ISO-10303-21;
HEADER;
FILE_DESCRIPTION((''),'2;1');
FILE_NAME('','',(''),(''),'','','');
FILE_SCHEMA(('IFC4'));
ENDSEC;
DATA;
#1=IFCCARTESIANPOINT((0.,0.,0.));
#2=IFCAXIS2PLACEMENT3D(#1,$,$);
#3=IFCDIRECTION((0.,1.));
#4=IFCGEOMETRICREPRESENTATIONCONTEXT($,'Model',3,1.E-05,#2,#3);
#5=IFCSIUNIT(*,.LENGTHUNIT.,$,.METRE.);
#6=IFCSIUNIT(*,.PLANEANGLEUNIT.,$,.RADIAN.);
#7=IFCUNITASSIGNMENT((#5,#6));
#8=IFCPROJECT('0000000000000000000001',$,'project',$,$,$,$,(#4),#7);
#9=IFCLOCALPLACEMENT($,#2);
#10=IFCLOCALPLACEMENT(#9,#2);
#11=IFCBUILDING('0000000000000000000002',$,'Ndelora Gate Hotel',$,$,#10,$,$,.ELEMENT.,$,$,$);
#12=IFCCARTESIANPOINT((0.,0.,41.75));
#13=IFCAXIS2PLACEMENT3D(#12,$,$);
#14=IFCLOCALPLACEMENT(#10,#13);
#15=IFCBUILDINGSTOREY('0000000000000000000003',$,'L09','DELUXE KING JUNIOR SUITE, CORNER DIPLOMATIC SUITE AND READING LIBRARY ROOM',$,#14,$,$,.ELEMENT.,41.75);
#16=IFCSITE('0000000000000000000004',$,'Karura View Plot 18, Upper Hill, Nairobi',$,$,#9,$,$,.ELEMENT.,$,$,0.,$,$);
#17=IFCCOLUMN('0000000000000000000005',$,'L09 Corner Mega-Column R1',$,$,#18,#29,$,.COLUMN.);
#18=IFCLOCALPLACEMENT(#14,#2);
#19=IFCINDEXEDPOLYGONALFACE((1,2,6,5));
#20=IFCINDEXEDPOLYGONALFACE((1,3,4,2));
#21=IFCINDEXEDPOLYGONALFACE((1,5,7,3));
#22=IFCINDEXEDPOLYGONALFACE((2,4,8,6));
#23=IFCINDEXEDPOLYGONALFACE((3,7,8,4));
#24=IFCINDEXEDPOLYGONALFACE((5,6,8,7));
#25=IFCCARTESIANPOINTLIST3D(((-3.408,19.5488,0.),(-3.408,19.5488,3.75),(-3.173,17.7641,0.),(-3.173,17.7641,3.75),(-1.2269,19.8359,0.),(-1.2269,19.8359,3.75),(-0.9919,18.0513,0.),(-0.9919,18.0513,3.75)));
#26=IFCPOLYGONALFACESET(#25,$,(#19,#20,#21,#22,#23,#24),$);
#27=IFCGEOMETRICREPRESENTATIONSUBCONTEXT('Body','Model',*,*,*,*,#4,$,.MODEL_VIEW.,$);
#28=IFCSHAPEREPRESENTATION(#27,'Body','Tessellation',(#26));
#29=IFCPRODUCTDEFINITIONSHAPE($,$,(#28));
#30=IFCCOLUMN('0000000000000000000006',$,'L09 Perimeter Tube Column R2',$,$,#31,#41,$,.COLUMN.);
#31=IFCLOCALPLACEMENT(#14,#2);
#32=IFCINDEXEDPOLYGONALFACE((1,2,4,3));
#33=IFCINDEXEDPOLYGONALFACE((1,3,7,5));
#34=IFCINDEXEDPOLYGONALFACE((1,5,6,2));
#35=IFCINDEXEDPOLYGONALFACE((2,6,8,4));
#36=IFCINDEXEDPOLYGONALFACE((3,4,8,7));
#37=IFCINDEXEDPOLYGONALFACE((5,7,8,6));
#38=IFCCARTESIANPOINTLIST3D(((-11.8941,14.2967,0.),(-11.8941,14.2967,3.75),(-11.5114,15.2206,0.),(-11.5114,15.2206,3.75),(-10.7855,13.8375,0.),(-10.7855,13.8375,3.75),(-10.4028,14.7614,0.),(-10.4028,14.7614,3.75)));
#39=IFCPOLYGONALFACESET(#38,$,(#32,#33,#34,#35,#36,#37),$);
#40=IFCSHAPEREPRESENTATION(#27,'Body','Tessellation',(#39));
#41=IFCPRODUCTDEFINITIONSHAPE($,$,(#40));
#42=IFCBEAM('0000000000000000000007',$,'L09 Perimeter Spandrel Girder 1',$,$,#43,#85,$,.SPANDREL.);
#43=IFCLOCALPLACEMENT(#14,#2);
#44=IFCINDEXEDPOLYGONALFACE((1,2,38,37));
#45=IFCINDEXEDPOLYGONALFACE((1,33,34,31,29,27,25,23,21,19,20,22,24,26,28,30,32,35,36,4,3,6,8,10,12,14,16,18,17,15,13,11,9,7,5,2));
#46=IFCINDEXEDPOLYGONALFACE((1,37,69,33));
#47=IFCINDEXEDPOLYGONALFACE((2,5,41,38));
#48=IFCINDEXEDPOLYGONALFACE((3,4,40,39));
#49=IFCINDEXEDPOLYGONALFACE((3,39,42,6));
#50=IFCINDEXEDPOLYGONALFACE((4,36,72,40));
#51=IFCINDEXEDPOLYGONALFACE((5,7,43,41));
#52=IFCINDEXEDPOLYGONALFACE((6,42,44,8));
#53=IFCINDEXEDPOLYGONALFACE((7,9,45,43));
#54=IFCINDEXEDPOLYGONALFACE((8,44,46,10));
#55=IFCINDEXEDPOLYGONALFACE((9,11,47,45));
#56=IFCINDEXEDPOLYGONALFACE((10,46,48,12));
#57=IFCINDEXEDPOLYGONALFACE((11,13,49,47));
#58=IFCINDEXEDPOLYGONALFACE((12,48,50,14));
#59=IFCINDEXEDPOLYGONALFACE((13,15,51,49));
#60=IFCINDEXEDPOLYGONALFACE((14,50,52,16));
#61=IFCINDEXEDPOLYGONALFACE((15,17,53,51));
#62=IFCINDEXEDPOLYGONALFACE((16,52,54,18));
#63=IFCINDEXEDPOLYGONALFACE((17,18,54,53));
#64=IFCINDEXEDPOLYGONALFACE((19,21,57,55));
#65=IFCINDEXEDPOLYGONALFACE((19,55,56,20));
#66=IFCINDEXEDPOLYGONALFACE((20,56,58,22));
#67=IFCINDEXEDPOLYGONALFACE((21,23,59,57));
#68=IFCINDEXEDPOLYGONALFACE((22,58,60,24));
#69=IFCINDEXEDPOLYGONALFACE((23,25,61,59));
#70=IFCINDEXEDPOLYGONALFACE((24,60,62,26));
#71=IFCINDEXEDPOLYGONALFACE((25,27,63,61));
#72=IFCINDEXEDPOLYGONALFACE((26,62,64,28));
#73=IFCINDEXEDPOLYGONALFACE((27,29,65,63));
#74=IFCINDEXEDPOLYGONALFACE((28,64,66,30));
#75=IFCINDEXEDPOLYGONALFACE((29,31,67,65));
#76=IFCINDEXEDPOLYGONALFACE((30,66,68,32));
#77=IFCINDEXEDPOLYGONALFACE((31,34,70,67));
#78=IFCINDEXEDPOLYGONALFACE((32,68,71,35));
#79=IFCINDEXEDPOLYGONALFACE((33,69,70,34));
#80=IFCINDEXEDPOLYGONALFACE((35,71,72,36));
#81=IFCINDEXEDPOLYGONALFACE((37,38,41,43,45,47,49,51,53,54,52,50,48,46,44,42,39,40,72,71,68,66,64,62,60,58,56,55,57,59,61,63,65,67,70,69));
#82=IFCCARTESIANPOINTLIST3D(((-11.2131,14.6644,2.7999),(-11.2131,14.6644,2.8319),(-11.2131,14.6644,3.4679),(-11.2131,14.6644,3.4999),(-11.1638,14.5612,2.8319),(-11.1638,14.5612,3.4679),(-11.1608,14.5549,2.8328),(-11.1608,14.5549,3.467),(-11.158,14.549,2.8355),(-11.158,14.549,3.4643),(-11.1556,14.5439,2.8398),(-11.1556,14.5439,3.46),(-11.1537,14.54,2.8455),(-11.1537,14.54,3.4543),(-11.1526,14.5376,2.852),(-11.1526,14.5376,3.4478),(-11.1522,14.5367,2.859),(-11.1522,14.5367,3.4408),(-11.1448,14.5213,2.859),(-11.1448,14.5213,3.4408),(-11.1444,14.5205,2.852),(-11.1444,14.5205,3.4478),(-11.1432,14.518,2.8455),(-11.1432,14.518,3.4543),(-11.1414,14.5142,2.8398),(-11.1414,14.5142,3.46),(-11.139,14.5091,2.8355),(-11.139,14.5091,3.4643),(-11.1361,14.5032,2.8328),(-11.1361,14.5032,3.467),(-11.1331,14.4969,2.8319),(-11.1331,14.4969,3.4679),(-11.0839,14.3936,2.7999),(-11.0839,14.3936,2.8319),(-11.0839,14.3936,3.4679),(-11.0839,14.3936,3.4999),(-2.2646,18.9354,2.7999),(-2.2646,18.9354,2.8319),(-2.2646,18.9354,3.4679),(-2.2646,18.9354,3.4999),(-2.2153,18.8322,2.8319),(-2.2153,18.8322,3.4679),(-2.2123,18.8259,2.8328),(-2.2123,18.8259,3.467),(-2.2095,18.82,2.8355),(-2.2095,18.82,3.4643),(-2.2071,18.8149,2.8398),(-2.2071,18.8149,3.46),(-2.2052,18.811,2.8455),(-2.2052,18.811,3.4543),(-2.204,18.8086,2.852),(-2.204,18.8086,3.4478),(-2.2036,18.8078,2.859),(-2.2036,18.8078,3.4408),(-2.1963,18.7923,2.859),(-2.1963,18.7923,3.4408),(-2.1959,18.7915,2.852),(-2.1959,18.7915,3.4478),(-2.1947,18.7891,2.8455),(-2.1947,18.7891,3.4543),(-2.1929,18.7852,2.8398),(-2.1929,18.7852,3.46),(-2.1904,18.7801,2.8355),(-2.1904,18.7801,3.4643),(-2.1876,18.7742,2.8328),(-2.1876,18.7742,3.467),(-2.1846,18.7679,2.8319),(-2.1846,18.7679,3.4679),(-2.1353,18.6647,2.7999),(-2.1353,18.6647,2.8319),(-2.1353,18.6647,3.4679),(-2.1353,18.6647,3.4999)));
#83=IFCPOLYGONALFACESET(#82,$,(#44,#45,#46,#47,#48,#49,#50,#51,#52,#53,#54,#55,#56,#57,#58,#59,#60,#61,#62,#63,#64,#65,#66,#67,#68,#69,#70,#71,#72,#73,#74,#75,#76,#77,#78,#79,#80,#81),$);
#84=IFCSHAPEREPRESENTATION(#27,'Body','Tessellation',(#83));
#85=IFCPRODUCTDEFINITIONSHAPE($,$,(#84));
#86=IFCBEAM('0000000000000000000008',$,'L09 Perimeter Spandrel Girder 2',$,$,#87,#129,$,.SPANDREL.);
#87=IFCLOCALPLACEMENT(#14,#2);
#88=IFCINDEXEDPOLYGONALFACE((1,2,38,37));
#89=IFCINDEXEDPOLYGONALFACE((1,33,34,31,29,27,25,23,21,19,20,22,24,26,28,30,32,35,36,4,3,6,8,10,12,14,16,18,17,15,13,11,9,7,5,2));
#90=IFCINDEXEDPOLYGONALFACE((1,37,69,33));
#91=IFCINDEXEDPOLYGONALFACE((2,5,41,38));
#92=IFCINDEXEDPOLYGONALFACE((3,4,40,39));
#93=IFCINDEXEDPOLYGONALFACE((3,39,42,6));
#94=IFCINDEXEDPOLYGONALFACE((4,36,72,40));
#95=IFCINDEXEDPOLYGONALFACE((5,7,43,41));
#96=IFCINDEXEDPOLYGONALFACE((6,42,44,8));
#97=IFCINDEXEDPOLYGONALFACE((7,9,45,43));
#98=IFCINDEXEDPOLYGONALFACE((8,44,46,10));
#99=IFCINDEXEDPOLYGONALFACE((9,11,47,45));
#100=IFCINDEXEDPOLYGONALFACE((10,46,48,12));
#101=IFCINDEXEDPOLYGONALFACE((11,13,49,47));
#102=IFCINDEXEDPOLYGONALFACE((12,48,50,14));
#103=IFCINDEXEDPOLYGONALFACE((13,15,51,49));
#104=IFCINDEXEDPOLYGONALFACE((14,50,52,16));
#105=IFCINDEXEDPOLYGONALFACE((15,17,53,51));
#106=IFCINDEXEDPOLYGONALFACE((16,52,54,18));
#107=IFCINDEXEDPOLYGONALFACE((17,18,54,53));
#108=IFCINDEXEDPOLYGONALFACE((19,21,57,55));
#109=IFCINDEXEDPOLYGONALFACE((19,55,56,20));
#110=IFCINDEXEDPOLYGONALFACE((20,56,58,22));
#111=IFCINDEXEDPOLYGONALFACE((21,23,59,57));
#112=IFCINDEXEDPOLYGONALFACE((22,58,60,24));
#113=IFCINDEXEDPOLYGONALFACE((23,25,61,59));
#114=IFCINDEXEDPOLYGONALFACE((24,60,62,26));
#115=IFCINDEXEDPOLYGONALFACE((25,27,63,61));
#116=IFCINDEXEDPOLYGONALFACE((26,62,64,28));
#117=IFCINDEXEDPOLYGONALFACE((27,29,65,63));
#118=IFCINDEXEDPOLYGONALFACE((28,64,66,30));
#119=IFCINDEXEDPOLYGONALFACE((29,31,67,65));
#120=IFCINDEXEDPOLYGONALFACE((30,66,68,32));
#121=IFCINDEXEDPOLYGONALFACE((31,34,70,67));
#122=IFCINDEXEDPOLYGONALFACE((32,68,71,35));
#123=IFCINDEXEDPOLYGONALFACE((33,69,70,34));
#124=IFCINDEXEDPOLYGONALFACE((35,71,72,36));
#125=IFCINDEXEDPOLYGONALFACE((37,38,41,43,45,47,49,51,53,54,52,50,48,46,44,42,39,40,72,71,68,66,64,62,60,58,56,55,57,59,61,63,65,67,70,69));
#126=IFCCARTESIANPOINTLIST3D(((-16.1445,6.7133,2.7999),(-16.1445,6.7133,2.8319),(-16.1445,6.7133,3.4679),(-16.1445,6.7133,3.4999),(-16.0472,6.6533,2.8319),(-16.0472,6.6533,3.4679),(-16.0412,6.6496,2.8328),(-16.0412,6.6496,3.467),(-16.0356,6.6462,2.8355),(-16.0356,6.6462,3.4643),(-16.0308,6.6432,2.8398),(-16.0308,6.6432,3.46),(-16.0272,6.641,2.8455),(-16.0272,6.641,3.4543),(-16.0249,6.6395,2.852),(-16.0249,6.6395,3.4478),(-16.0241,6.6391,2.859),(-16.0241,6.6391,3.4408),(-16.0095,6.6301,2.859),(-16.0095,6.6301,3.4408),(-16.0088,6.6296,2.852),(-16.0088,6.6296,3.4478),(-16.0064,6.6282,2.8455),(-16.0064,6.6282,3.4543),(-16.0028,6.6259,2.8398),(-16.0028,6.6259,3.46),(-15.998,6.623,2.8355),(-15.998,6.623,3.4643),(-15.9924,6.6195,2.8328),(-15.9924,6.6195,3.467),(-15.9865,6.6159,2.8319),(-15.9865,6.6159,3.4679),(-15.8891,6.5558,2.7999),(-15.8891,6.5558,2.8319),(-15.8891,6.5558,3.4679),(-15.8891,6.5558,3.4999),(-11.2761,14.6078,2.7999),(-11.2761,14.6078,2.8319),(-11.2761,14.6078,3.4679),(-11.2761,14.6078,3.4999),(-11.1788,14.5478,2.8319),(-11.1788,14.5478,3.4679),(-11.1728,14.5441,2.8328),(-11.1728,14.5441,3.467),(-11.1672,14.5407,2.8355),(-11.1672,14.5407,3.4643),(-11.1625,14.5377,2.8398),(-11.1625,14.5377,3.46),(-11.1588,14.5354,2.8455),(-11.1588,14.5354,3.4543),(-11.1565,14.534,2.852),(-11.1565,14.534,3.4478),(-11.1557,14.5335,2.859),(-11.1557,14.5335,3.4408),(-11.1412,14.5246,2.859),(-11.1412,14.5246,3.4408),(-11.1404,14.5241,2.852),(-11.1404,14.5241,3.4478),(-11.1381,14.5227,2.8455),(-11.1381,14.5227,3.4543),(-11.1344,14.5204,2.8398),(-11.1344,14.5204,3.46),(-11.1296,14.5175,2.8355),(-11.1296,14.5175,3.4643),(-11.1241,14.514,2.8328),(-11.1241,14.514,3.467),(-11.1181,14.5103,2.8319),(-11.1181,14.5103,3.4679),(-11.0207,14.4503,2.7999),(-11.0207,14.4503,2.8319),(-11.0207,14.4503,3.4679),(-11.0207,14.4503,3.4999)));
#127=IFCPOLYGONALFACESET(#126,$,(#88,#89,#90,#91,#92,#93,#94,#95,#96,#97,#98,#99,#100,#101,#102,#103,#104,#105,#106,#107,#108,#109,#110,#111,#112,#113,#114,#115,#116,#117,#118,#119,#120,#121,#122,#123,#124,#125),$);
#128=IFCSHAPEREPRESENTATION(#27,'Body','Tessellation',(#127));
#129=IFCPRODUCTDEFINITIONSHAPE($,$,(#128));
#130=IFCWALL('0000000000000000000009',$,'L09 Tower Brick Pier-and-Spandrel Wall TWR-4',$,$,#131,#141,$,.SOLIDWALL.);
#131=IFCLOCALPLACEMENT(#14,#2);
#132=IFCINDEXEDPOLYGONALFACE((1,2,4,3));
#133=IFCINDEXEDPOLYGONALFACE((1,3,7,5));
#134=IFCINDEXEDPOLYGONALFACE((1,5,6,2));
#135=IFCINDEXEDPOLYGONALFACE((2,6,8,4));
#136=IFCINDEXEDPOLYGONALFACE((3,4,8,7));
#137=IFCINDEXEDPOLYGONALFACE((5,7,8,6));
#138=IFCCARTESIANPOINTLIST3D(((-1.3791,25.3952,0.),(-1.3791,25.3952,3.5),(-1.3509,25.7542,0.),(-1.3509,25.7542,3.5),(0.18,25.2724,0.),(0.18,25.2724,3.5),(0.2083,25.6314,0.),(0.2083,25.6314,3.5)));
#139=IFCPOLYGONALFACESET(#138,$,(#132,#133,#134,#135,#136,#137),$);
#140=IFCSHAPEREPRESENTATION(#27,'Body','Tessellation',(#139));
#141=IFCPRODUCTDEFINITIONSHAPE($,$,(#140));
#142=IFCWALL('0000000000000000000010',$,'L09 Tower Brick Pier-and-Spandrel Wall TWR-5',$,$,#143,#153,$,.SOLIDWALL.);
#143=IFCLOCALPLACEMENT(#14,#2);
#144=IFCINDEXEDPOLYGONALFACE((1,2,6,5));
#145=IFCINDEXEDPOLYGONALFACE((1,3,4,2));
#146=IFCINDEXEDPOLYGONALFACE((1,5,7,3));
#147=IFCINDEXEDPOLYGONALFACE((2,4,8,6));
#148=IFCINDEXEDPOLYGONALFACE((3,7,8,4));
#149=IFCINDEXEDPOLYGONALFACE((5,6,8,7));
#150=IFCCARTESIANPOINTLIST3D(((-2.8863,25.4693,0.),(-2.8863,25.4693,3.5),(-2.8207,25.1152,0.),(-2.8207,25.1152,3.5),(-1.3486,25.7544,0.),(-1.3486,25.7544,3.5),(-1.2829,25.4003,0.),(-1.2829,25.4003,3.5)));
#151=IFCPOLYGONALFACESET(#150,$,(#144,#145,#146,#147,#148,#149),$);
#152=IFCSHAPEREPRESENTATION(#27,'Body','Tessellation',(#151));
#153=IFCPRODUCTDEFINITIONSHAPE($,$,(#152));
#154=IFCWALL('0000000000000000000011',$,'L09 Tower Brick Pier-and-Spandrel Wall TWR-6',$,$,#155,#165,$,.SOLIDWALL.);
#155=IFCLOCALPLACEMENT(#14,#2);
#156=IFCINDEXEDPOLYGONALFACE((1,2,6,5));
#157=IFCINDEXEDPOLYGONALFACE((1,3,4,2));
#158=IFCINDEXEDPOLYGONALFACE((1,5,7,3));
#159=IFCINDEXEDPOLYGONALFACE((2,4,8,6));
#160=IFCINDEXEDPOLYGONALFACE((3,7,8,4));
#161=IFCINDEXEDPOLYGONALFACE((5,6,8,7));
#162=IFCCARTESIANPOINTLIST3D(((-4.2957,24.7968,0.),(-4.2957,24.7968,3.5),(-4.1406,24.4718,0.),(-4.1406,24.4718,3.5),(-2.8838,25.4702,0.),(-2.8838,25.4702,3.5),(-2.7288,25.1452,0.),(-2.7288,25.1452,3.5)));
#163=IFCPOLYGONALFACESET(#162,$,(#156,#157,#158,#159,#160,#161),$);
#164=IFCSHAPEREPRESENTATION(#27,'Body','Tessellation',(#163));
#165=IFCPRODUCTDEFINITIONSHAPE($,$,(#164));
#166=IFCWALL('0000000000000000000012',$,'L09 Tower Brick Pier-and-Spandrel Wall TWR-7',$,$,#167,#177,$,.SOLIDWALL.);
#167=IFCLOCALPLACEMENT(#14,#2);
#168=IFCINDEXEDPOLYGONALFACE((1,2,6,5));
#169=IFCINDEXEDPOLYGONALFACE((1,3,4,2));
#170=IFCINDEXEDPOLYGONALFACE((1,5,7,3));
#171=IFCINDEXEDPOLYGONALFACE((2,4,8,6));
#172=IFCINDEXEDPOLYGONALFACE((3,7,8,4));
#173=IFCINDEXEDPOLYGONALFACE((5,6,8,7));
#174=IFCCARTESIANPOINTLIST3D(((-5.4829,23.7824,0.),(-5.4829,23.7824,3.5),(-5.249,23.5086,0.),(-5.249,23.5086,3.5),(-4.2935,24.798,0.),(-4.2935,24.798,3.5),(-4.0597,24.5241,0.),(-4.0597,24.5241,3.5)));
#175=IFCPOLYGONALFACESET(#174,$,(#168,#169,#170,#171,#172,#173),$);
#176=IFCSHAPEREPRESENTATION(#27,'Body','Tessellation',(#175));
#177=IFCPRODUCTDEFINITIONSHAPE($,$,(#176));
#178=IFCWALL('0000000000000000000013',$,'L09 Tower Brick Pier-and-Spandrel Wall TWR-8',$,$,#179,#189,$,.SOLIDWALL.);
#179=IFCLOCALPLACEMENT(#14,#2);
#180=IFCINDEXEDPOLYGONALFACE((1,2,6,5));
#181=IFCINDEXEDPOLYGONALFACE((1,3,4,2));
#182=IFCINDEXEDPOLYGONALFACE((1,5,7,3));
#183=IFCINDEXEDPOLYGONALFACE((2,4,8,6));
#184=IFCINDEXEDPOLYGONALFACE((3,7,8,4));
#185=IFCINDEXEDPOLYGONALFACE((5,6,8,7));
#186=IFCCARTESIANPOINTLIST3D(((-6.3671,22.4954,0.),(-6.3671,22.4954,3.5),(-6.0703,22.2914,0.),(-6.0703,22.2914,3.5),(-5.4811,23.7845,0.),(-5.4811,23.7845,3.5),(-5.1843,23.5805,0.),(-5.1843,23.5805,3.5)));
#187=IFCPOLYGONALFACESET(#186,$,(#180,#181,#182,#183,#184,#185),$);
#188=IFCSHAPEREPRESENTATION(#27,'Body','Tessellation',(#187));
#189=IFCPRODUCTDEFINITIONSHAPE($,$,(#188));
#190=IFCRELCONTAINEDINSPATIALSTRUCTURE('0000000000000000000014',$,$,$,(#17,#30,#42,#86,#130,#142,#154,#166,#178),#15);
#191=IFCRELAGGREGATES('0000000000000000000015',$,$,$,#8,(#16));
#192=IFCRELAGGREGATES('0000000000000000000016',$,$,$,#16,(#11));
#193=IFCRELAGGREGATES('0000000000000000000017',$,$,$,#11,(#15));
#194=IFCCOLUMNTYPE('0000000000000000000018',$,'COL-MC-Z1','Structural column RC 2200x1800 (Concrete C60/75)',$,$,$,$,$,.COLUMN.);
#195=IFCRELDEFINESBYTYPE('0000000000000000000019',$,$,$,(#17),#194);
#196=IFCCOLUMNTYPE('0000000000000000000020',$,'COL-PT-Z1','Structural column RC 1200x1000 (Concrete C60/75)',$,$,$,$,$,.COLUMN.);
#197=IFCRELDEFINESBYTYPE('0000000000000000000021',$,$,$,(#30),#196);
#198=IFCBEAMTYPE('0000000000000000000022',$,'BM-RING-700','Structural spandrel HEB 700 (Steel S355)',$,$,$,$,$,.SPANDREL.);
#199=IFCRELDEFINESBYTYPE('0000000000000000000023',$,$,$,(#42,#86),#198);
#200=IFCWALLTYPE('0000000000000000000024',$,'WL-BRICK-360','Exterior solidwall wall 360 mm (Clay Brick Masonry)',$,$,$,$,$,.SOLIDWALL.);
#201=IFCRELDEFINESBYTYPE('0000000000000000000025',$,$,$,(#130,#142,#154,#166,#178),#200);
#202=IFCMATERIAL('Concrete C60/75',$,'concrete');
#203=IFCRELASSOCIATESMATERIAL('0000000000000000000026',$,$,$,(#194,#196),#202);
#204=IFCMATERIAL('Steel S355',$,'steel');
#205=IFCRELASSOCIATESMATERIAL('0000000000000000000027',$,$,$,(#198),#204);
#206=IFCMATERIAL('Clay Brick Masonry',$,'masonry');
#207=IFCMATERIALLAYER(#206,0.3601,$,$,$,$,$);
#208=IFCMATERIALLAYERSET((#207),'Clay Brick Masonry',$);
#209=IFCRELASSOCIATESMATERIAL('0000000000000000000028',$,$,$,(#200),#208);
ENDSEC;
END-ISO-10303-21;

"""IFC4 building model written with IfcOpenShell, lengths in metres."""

from ifc_helpers import new_model, si_unit, direction, frame, frame_2d, origin, origin_2d, place, context, subcontext, project, spatial, rectangle, i_section, extrude, material, layer, layer_set, material_profile, profile_set, type_object, element, save


model = new_model("IFC4")

# Units and contexts
model_context = context("Model", 3, precision=1e-05, world=origin(), true_north=direction((0.0, 1.0)))
body_context = subcontext(model_context, "Body", "Model", "MODEL_VIEW")
ifc_project = project(units=[si_unit("LENGTHUNIT", "METRE"), si_unit("PLANEANGLEUNIT", "RADIAN")], contexts=[model_context])

# Site, building, storey
site_placement = place(None, origin())
site = spatial("IfcSite", under=ifc_project, at=site_placement, Name="Karura View Plot 18, Upper Hill, Nairobi", CompositionType="ELEMENT", RefElevation=0.0)
building_placement = place(site_placement, origin())
building = spatial("IfcBuilding", under=site, at=building_placement, Name="Ndelora Gate Hotel", CompositionType="ELEMENT")
storey_placement = place(building_placement, frame((0.0, 0.0, 41.75)))
storey = spatial("IfcBuildingStorey", under=building, at=storey_placement, Name="L09", Description="DELUXE KING JUNIOR SUITE, CORNER DIPLOMATIC SUITE AND READING LIBRARY ROOM", CompositionType="ELEMENT", Elevation=41.75)

# Columns
ifc_material_1 = material(Name="Concrete C60/75", Category="concrete")
ifc_material_profile_1 = material_profile(ifc_material_1, rectangle(XDim=1.8, YDim=2.2, at=origin_2d()), Name="RC 2200x1800")
ifc_profile_set_1 = profile_set([ifc_material_profile_1], Name="Concrete C60/75")
column_type_1 = type_object("IfcColumnType", Name="COL-MC-Z1", Description="Structural column RC 2200x1800 (Concrete C60/75)", PredefinedType="COLUMN", material=ifc_profile_set_1)
column_1_placement = place(storey_placement, frame((-2.2, 18.8, 0.0), z_axis=(0.0, 0.0, 1.0), x_axis=(-0.130526, 0.991445, 0.0)))
element("IfcColumn", 1, at=column_1_placement, inside=storey, type_object=column_type_1, Name="L09 Corner Mega-Column R1", PredefinedType="COLUMN", context=body_context, shape_type="SweptSolid", body=[
    extrude(rectangle(XDim=1.8, YDim=2.2, at=origin_2d()), origin(), (0.0, 0.0, 1.0), 3.75),
])
ifc_material_profile_2 = material_profile(ifc_material_1, rectangle(XDim=1.0, YDim=1.2, at=origin_2d()), Name="RC 1200x1000")
ifc_profile_set_2 = profile_set([ifc_material_profile_2], Name="Concrete C60/75")
column_type_2 = type_object("IfcColumnType", Name="COL-PT-Z1", Description="Structural column RC 1200x1000 (Concrete C60/75)", PredefinedType="COLUMN", material=ifc_profile_set_2)
column_2_placement = place(storey_placement, frame((-11.1484, 14.5291, 0.0), z_axis=(0.0, 0.0, 1.0), x_axis=(0.382683, 0.92388, 0.0)))
element("IfcColumn", 2, at=column_2_placement, inside=storey, type_object=column_type_2, Name="L09 Perimeter Tube Column R2", PredefinedType="COLUMN", context=body_context, shape_type="SweptSolid", body=[
    extrude(rectangle(XDim=1.0, YDim=1.2, at=origin_2d()), origin(), (0.0, 0.0, 1.0), 3.75),
])

# Beams
ifc_material_2 = material(Name="Steel S355", Category="steel")
ifc_material_profile_3 = material_profile(ifc_material_2, i_section(OverallWidth=0.3, OverallDepth=0.7, WebThickness=0.0171, FlangeThickness=0.032, FilletRadius=0.0271, at=origin_2d()), Name="HEB 700")
ifc_profile_set_3 = profile_set([ifc_material_profile_3], Name="Steel S355")
beam_type = type_object("IfcBeamType", Name="BM-RING-700", Description="Structural spandrel HEB 700 (Steel S355)", PredefinedType="SPANDREL", material=ifc_profile_set_3)
beam_1_placement = place(storey_placement, frame((-2.2, 18.8, 3.1499), z_axis=(-0.902476, -0.43074, 0.0), x_axis=(0.43074, -0.902476, 0.0)))
element("IfcBeam", 3, at=beam_1_placement, inside=storey, type_object=beam_type, Name="L09 Perimeter Spandrel Girder 1", PredefinedType="SPANDREL", context=body_context, shape_type="SweptSolid", body=[
    extrude(i_section(OverallWidth=0.3, OverallDepth=0.7, WebThickness=0.0171, FlangeThickness=0.032, FilletRadius=0.0271, at=origin_2d()), origin(), (0.0, 0.0, 1.0), 9.9155),
])
beam_2_placement = place(storey_placement, frame((-11.1484, 14.5291, 3.1499), z_axis=(-0.524898, -0.851165, 0.0), x_axis=(0.851165, -0.524898, 0.0)))
element("IfcBeam", 4, at=beam_2_placement, inside=storey, type_object=beam_type, Name="L09 Perimeter Spandrel Girder 2", PredefinedType="SPANDREL", context=body_context, shape_type="SweptSolid", body=[
    extrude(i_section(OverallWidth=0.3, OverallDepth=0.7, WebThickness=0.0171, FlangeThickness=0.032, FilletRadius=0.0271, at=origin_2d()), origin(), (0.0, 0.0, 1.0), 9.2749),
])

# Walls
ifc_material_3 = material(Name="Clay Brick Masonry", Category="masonry")
ifc_layer_1 = layer(ifc_material_3, 0.3601)
ifc_layer_set_1 = layer_set([ifc_layer_1], Name="Clay Brick Masonry")
wall_type_1 = type_object("IfcWallType", Name="WL-BRICK-360", Description="Exterior solidwall wall 360 mm (Clay Brick Masonry)", PredefinedType="SOLIDWALL", material=ifc_layer_set_1)
for number, where, z_axis, x_axis, name in (
    (5, (-1.365, 25.5747, 0.0), (0.0, 0.0, 1.0), (0.996912, -0.078523, 0.0), "L09 Tower Brick Pier-and-Spandrel Wall TWR-4"),
    (6, (-2.8535, 25.2922, 0.0), (0.0, 0.0, 1.0), (0.98324, 0.182318, 0.0), "L09 Tower Brick Pier-and-Spandrel Wall TWR-5"),
):
    element("IfcWall", number, at=place(storey_placement, frame(where, z_axis=z_axis, x_axis=x_axis)), inside=storey, type_object=wall_type_1, Name=name, PredefinedType="SOLIDWALL", context=body_context, shape_type="SweptSolid", body=[
        extrude(rectangle(XDim=1.564, YDim=0.3601, at=frame_2d((0.782, 0.0))), origin(), (0.0, 0.0, 1.0), 3.5),
    ])
wall_1_placement = place(storey_placement, frame((-4.2183, 24.6343, 0.0), z_axis=(0.0, 0.0, 1.0), x_axis=(0.902606, 0.430467, 0.0)))
element("IfcWall", 7, at=wall_1_placement, inside=storey, type_object=wall_type_1, Name="L09 Tower Brick Pier-and-Spandrel Wall TWR-6", PredefinedType="SOLIDWALL", context=body_context, shape_type="SweptSolid", body=[
    extrude(rectangle(XDim=1.5642, YDim=0.3601, at=frame_2d((0.7822, 0.0))), origin(), (0.0, 0.0, 1.0), 3.5),
])
wall_2_placement = place(storey_placement, frame((-5.366, 23.6455, 0.0), z_axis=(0.0, 0.0, 1.0), x_axis=(0.760489, 0.64935, 0.0)))
element("IfcWall", 8, at=wall_2_placement, inside=storey, type_object=wall_type_1, Name="L09 Tower Brick Pier-and-Spandrel Wall TWR-7", PredefinedType="SOLIDWALL", context=body_context, shape_type="SweptSolid", body=[
    extrude(rectangle(XDim=1.564, YDim=0.3601, at=frame_2d((0.782, 0.0))), origin(), (0.0, 0.0, 1.0), 3.5),
])
wall_3_placement = place(storey_placement, frame((-6.2188, 22.3933, 0.0), z_axis=(0.0, 0.0, 1.0), x_axis=(0.566423, 0.824115, 0.0)))
element("IfcWall", 9, at=wall_3_placement, inside=storey, type_object=wall_type_1, Name="L09 Tower Brick Pier-and-Spandrel Wall TWR-8", PredefinedType="SOLIDWALL", context=body_context, shape_type="SweptSolid", body=[
    extrude(rectangle(XDim=1.5642, YDim=0.3601, at=frame_2d((0.7822, 0.0))), origin(), (0.0, 0.0, 1.0), 3.5),
])

save(model, "model.ifc")
